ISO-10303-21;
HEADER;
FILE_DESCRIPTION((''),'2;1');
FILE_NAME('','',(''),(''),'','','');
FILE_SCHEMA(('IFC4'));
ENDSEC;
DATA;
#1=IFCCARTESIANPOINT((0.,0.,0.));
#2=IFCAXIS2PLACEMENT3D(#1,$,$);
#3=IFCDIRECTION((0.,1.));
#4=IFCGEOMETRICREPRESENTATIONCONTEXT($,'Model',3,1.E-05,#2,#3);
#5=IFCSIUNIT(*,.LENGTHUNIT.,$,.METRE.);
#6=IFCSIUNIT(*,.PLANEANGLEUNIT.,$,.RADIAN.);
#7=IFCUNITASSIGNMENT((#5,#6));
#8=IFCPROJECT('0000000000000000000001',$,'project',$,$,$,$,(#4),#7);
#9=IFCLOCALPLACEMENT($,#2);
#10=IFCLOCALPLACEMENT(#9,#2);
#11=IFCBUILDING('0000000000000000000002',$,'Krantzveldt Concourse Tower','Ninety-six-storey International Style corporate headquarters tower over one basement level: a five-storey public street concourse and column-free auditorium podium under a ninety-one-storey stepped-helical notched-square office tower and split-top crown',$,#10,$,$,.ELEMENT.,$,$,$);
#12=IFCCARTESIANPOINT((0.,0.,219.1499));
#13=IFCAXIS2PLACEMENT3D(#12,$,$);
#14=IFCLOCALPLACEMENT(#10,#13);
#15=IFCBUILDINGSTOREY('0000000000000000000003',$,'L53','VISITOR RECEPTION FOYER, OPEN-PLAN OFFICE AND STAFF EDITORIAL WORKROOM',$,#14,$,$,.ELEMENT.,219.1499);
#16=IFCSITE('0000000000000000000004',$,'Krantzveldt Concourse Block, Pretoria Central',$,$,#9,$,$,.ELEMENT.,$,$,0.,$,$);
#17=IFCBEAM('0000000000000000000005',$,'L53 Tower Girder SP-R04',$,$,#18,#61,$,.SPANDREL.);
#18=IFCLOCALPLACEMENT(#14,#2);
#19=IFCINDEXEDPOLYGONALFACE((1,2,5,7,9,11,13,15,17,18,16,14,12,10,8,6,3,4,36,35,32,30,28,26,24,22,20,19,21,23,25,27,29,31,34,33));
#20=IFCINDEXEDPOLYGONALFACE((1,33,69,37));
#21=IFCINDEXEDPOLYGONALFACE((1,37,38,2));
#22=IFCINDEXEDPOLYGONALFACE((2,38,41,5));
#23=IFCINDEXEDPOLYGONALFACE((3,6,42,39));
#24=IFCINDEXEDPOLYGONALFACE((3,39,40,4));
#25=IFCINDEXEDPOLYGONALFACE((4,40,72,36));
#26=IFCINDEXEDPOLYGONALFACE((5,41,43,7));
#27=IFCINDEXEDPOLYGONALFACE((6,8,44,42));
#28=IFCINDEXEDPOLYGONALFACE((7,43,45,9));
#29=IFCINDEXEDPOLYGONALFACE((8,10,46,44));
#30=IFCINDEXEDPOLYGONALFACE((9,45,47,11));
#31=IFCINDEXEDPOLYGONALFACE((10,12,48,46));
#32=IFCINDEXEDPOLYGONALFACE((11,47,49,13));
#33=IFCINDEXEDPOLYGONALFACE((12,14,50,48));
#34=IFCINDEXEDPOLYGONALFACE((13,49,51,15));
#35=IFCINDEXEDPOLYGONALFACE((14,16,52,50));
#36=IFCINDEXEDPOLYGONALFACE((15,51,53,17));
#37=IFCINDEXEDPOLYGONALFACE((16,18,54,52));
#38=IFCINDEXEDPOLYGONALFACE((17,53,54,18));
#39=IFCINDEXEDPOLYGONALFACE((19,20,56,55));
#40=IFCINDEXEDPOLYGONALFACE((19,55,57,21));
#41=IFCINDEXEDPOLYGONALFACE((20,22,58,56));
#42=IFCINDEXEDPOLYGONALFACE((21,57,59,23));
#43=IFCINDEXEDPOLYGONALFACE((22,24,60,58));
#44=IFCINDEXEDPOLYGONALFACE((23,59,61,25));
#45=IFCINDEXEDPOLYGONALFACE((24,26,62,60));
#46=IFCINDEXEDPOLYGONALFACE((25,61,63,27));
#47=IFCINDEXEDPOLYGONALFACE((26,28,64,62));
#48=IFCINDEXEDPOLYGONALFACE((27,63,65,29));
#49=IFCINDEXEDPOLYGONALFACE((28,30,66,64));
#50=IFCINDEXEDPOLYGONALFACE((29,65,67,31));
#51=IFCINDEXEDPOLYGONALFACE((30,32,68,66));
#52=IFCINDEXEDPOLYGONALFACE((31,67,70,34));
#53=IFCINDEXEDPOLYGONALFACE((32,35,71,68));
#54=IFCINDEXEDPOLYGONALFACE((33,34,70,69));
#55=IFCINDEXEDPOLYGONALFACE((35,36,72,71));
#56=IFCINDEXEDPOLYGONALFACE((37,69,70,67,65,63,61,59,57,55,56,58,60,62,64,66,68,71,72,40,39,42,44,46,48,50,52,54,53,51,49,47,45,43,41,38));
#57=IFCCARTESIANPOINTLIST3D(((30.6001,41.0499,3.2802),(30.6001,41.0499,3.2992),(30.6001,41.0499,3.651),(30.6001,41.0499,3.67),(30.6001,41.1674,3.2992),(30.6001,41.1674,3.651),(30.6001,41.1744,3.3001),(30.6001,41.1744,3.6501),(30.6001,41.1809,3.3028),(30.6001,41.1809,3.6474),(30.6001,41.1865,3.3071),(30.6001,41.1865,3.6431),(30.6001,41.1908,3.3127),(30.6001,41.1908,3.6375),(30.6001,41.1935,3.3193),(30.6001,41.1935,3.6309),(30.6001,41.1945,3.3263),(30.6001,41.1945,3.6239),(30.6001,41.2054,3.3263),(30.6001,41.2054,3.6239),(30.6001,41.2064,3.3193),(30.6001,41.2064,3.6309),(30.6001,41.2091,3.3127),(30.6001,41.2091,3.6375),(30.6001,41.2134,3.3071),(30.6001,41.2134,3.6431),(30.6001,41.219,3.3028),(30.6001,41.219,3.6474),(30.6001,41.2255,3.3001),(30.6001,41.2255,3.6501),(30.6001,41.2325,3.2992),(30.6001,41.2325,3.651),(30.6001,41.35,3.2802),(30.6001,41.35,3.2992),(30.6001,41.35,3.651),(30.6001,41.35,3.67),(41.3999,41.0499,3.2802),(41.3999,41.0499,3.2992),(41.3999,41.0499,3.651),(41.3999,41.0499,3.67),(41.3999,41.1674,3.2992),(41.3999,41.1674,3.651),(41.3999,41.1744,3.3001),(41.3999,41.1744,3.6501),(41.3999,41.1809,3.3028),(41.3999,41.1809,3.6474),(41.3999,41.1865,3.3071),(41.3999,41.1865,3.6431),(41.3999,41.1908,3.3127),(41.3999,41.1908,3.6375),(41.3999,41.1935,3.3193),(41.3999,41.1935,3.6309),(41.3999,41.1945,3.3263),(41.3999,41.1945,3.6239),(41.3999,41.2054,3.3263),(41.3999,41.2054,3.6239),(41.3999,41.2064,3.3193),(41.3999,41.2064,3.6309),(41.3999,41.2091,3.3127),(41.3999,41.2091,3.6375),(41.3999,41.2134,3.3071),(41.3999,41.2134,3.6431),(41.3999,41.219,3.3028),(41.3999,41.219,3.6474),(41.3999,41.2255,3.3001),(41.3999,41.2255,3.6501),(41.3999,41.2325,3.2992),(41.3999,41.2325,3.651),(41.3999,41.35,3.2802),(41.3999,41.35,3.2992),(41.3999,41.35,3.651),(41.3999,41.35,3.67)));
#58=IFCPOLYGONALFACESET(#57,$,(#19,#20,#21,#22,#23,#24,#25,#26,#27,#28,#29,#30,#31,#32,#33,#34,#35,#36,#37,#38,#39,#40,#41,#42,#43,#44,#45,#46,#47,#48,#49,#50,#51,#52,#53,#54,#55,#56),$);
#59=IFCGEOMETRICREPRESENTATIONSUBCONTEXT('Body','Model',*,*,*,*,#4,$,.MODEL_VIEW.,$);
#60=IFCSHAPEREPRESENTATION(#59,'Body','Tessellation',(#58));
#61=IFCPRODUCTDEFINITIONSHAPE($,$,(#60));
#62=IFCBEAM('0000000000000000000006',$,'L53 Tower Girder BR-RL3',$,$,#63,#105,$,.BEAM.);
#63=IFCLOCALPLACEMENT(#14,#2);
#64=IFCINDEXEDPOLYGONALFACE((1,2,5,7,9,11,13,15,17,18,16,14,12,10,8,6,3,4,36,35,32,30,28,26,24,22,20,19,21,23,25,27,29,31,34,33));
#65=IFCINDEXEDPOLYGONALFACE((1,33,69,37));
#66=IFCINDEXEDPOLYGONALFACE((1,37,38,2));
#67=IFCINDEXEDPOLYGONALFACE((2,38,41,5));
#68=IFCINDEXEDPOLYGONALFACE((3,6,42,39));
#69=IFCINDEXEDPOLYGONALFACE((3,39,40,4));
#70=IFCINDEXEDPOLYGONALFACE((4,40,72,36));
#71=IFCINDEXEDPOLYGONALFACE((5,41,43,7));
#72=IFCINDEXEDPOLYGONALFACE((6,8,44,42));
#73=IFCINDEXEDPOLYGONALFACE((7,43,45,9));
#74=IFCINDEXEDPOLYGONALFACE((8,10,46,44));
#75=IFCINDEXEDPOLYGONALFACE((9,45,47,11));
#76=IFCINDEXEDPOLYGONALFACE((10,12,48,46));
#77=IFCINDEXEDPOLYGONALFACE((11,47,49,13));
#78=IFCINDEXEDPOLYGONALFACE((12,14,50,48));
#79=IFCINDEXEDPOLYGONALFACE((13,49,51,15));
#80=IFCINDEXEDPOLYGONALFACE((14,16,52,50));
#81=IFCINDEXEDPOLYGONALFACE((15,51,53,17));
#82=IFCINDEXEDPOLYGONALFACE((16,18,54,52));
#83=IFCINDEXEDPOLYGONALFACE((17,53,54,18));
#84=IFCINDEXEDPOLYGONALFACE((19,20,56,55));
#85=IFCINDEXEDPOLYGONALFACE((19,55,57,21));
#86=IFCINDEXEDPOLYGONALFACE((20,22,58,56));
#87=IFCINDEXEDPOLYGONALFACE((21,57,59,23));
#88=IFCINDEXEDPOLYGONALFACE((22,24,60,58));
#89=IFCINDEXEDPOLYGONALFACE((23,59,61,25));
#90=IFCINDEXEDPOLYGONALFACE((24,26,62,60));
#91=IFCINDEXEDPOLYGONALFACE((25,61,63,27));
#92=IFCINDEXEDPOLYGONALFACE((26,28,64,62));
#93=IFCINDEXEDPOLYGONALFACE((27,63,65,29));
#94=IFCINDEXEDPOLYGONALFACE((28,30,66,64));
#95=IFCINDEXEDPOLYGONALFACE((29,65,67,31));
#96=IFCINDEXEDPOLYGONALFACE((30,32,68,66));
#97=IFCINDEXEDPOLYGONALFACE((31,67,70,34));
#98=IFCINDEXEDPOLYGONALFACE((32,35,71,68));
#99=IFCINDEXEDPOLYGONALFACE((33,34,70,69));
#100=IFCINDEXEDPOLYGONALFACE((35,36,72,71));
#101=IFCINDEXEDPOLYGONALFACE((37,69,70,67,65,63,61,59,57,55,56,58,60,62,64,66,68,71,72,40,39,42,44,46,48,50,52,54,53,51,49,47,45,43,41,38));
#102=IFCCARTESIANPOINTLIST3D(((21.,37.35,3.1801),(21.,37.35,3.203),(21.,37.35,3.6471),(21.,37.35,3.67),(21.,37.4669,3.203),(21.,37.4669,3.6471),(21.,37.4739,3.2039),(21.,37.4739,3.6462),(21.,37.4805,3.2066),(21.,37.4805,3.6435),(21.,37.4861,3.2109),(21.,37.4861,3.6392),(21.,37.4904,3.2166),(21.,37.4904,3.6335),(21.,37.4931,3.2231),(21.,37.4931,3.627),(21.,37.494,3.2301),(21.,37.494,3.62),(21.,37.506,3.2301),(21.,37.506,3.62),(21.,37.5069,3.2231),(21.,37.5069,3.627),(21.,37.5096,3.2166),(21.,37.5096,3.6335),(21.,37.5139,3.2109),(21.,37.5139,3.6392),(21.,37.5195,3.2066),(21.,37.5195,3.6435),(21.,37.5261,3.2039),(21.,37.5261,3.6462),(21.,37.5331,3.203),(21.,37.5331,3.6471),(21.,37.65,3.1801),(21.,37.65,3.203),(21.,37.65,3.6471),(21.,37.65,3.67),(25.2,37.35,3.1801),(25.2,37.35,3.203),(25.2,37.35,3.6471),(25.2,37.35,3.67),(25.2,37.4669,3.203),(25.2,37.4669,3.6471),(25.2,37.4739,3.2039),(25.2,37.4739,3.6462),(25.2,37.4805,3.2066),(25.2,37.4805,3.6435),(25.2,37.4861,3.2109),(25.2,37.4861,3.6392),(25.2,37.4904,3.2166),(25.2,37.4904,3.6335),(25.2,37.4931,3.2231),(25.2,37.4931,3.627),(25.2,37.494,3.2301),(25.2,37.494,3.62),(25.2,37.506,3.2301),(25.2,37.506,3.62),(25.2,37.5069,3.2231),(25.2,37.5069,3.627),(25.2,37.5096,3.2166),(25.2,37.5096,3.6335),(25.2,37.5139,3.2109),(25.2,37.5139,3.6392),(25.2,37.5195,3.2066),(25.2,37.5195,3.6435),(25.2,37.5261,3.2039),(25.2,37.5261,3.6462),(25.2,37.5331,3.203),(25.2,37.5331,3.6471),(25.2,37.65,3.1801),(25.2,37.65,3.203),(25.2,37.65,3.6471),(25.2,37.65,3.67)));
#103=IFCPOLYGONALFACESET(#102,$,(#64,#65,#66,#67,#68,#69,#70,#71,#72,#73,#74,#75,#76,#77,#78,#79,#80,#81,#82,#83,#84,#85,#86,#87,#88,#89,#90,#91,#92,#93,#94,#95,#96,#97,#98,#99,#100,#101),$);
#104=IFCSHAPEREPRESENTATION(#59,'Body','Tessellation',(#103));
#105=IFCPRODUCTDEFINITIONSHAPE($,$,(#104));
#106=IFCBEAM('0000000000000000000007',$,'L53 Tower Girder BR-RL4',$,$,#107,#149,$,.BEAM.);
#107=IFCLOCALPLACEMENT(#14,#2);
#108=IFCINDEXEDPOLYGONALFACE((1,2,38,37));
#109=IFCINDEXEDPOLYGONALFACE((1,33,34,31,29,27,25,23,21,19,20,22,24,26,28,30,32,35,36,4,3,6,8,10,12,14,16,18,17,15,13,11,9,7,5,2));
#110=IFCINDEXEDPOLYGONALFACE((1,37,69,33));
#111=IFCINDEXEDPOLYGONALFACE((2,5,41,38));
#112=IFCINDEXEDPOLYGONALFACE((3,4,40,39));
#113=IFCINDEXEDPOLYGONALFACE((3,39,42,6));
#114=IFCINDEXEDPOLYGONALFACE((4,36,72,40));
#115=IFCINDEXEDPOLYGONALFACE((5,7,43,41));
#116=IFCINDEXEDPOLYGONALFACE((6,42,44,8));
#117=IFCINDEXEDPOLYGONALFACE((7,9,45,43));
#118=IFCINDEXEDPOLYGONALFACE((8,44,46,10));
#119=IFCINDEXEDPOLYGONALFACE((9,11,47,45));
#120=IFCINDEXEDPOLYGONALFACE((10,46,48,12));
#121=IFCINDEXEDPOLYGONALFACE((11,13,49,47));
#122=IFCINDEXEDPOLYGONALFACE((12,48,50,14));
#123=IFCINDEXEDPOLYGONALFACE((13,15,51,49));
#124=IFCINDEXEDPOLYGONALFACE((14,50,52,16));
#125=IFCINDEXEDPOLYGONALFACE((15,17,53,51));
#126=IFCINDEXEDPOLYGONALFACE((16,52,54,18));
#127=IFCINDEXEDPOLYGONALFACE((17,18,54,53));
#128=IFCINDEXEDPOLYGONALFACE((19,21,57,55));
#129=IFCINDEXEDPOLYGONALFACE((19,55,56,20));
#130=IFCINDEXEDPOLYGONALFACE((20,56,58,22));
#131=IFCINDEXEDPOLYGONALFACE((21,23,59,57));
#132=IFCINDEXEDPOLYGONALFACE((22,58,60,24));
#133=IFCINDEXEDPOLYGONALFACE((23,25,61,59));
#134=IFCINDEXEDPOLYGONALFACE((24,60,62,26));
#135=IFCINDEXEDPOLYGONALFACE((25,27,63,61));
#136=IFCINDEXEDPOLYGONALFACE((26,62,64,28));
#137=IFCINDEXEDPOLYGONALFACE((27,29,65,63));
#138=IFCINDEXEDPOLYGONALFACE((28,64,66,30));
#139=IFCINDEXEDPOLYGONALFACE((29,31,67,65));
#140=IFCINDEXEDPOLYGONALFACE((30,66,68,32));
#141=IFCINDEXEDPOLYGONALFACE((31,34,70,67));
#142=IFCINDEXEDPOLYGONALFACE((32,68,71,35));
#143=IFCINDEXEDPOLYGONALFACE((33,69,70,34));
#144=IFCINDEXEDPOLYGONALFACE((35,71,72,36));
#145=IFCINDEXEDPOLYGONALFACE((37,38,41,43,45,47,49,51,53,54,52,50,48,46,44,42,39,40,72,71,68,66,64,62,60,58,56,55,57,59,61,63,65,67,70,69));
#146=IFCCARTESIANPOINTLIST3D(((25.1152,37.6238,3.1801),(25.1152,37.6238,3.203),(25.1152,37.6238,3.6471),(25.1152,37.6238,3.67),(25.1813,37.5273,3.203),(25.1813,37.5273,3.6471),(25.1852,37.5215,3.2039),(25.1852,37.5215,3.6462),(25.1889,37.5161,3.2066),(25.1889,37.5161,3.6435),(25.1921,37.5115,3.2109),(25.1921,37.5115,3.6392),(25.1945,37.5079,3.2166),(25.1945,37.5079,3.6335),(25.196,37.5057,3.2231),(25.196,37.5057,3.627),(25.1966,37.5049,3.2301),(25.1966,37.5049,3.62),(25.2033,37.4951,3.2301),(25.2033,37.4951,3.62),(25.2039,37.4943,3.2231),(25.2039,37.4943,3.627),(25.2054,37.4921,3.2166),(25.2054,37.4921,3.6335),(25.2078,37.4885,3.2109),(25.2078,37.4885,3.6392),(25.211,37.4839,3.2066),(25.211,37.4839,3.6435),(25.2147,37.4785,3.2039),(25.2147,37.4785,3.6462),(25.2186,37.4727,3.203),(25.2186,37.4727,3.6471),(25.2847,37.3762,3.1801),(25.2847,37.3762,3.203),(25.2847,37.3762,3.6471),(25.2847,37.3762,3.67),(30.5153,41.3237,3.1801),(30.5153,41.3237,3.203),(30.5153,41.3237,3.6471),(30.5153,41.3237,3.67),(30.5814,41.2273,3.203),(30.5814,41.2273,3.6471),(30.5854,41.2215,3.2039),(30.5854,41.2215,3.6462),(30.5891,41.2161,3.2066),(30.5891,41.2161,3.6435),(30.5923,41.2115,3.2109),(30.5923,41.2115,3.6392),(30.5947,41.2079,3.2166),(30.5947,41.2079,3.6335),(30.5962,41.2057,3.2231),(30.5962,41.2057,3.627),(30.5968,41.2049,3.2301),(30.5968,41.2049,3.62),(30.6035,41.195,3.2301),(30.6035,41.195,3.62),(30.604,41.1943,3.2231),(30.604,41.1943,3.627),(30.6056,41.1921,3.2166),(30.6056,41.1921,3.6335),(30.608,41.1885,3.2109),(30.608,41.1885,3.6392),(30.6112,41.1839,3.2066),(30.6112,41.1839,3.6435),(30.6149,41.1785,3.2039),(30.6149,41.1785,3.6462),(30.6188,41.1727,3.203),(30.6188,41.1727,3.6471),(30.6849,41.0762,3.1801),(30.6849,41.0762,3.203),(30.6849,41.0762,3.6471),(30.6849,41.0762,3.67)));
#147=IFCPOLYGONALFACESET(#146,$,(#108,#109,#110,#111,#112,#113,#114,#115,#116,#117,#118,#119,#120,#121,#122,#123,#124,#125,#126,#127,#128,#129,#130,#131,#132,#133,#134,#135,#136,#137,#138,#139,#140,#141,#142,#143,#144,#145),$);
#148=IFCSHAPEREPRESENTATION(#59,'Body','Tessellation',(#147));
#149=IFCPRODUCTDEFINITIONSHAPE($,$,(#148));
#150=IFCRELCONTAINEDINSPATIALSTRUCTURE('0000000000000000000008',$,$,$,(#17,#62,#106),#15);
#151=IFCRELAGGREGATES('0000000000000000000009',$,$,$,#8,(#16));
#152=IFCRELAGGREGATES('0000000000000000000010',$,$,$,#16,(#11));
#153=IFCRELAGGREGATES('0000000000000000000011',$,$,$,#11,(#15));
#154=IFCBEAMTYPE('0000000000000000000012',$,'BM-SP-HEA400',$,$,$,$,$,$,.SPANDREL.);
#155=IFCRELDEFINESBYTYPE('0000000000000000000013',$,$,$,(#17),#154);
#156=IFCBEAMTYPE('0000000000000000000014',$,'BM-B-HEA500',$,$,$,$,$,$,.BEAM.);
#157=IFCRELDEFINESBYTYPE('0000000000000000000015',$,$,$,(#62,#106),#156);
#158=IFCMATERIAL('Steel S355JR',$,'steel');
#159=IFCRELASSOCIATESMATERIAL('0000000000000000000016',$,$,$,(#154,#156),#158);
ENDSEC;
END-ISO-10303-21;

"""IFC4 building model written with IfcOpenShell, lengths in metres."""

from ifc_helpers import new_model, si_unit, direction, frame, origin, origin_2d, place, context, subcontext, project, spatial, i_section, extrude, source, transform, mapped, material, material_profile, profile_set, type_object, type_shapes, element, save


model = new_model("IFC4")

# Units and contexts
model_context = context("Model", 3, precision=1e-05, world=origin(), true_north=direction((0.0, 1.0)))
body_context = subcontext(model_context, "Body", "Model", "MODEL_VIEW")
ifc_project = project(units=[si_unit("LENGTHUNIT", "METRE"), si_unit("PLANEANGLEUNIT", "RADIAN")], contexts=[model_context])

# Site, building, storey
site_placement = place(None, origin())
site = spatial("IfcSite", under=ifc_project, at=site_placement, Name="Krantzveldt Concourse Block, Pretoria Central", CompositionType="ELEMENT", RefElevation=0.0)
building_placement = place(site_placement, origin())
building = spatial("IfcBuilding", under=site, at=building_placement, Name="Krantzveldt Concourse Tower", Description="Ninety-six-storey International Style corporate headquarters tower over one basement level: a five-storey public street concourse and column-free auditorium podium under a ninety-one-storey stepped-helical notched-square office tower and split-top crown", CompositionType="ELEMENT")
storey_placement = place(building_placement, frame((0.0, 0.0, 219.1499)))
storey = spatial("IfcBuildingStorey", under=building, at=storey_placement, Name="L53", Description="VISITOR RECEPTION FOYER, OPEN-PLAN OFFICE AND STAFF EDITORIAL WORKROOM", CompositionType="ELEMENT", Elevation=219.1499)

# Beams
ifc_material_1 = material(Name="Steel S355JR", Category="steel")
ifc_material_profile_1 = material_profile(ifc_material_1, i_section(OverallWidth=0.3, OverallDepth=0.3899, WebThickness=0.011, FlangeThickness=0.019, FilletRadius=0.0271, at=origin_2d()), Name="Steel S355JR", Category="steel")
ifc_profile_set_1 = profile_set([ifc_material_profile_1], Name="Steel S355JR - HEA 400")
beam_type_1 = type_object("IfcBeamType", Name="BM-SP-HEA400", PredefinedType="SPANDREL", material=ifc_profile_set_1)
shared_shape_1 = source(origin(), body_context, "Body", "SweptSolid", [
    extrude(i_section(OverallWidth=0.3, OverallDepth=0.3899, WebThickness=0.011, FlangeThickness=0.019, FilletRadius=0.0271, at=origin_2d()), origin(), (0.0, 0.0, 1.0), 10.7998),
])
beam_1_placement = place(storey_placement, frame((30.6001, 41.2, 3.4751), z_axis=(1.0, 0.0, 0.0), x_axis=(0.0, 1.0, 0.0)))
element("IfcBeam", 1, at=beam_1_placement, inside=storey, type_object=beam_type_1, Name="L53 Tower Girder SP-R04", PredefinedType="SPANDREL", context=body_context, shape_type="MappedRepresentation", body=[
    mapped(shared_shape_1, transform((0.0, 0.0, 0.0), x_axis=(1.0, 0.0, 0.0), y_axis=(0.0, 1.0, 0.0), z_axis=(0.0, 0.0, 1.0), scale=1.0)),
])
ifc_material_profile_2 = material_profile(ifc_material_1, i_section(OverallWidth=0.3, OverallDepth=0.49, WebThickness=0.012, FlangeThickness=0.0229, FilletRadius=0.0271, at=origin_2d()), Name="Steel S355JR", Category="steel")
ifc_profile_set_2 = profile_set([ifc_material_profile_2], Name="Steel S355JR - HEA 500")
beam_type_2 = type_object("IfcBeamType", Name="BM-B-HEA500", PredefinedType="BEAM", material=ifc_profile_set_2)
shared_shape_2 = source(origin(), body_context, "Body", "SweptSolid", [
    extrude(i_section(OverallWidth=0.3, OverallDepth=0.49, WebThickness=0.012, FlangeThickness=0.0229, FilletRadius=0.0271, at=origin_2d()), origin(), (0.0, 0.0, 1.0), 4.2),
])
beam_2_placement = place(storey_placement, frame((21.0, 37.5, 3.425), z_axis=(1.0, 0.0, 0.0), x_axis=(0.0, 1.0, 0.0)))
element("IfcBeam", 2, at=beam_2_placement, inside=storey, type_object=beam_type_2, Name="L53 Tower Girder BR-RL3", PredefinedType="BEAM", context=body_context, shape_type="MappedRepresentation", body=[
    mapped(shared_shape_2, transform((0.0, 0.0, 0.0), x_axis=(1.0, 0.0, 0.0), y_axis=(0.0, 1.0, 0.0), z_axis=(0.0, 0.0, 1.0), scale=1.0)),
])
shared_shape_3 = source(origin(), body_context, "Body", "SweptSolid", [
    extrude(i_section(OverallWidth=0.3, OverallDepth=0.49, WebThickness=0.012, FlangeThickness=0.0229, FilletRadius=0.0271, at=origin_2d()), origin(), (0.0, 0.0, 1.0), 6.5461),
])
type_shapes(beam_type_2, [shared_shape_2, shared_shape_3])
beam_3_placement = place(storey_placement, frame((25.2, 37.5, 3.425), z_axis=(0.824943, 0.565216, 0.0), x_axis=(-0.565216, 0.824943, 0.0)))
element("IfcBeam", 3, at=beam_3_placement, inside=storey, type_object=beam_type_2, Name="L53 Tower Girder BR-RL4", PredefinedType="BEAM", context=body_context, shape_type="MappedRepresentation", body=[
    mapped(shared_shape_3, transform((0.0, 0.0, 0.0), x_axis=(1.0, 0.0, 0.0), y_axis=(0.0, 1.0, 0.0), z_axis=(0.0, 0.0, 1.0), scale=1.0)),
])

save(model, "model.ifc")
